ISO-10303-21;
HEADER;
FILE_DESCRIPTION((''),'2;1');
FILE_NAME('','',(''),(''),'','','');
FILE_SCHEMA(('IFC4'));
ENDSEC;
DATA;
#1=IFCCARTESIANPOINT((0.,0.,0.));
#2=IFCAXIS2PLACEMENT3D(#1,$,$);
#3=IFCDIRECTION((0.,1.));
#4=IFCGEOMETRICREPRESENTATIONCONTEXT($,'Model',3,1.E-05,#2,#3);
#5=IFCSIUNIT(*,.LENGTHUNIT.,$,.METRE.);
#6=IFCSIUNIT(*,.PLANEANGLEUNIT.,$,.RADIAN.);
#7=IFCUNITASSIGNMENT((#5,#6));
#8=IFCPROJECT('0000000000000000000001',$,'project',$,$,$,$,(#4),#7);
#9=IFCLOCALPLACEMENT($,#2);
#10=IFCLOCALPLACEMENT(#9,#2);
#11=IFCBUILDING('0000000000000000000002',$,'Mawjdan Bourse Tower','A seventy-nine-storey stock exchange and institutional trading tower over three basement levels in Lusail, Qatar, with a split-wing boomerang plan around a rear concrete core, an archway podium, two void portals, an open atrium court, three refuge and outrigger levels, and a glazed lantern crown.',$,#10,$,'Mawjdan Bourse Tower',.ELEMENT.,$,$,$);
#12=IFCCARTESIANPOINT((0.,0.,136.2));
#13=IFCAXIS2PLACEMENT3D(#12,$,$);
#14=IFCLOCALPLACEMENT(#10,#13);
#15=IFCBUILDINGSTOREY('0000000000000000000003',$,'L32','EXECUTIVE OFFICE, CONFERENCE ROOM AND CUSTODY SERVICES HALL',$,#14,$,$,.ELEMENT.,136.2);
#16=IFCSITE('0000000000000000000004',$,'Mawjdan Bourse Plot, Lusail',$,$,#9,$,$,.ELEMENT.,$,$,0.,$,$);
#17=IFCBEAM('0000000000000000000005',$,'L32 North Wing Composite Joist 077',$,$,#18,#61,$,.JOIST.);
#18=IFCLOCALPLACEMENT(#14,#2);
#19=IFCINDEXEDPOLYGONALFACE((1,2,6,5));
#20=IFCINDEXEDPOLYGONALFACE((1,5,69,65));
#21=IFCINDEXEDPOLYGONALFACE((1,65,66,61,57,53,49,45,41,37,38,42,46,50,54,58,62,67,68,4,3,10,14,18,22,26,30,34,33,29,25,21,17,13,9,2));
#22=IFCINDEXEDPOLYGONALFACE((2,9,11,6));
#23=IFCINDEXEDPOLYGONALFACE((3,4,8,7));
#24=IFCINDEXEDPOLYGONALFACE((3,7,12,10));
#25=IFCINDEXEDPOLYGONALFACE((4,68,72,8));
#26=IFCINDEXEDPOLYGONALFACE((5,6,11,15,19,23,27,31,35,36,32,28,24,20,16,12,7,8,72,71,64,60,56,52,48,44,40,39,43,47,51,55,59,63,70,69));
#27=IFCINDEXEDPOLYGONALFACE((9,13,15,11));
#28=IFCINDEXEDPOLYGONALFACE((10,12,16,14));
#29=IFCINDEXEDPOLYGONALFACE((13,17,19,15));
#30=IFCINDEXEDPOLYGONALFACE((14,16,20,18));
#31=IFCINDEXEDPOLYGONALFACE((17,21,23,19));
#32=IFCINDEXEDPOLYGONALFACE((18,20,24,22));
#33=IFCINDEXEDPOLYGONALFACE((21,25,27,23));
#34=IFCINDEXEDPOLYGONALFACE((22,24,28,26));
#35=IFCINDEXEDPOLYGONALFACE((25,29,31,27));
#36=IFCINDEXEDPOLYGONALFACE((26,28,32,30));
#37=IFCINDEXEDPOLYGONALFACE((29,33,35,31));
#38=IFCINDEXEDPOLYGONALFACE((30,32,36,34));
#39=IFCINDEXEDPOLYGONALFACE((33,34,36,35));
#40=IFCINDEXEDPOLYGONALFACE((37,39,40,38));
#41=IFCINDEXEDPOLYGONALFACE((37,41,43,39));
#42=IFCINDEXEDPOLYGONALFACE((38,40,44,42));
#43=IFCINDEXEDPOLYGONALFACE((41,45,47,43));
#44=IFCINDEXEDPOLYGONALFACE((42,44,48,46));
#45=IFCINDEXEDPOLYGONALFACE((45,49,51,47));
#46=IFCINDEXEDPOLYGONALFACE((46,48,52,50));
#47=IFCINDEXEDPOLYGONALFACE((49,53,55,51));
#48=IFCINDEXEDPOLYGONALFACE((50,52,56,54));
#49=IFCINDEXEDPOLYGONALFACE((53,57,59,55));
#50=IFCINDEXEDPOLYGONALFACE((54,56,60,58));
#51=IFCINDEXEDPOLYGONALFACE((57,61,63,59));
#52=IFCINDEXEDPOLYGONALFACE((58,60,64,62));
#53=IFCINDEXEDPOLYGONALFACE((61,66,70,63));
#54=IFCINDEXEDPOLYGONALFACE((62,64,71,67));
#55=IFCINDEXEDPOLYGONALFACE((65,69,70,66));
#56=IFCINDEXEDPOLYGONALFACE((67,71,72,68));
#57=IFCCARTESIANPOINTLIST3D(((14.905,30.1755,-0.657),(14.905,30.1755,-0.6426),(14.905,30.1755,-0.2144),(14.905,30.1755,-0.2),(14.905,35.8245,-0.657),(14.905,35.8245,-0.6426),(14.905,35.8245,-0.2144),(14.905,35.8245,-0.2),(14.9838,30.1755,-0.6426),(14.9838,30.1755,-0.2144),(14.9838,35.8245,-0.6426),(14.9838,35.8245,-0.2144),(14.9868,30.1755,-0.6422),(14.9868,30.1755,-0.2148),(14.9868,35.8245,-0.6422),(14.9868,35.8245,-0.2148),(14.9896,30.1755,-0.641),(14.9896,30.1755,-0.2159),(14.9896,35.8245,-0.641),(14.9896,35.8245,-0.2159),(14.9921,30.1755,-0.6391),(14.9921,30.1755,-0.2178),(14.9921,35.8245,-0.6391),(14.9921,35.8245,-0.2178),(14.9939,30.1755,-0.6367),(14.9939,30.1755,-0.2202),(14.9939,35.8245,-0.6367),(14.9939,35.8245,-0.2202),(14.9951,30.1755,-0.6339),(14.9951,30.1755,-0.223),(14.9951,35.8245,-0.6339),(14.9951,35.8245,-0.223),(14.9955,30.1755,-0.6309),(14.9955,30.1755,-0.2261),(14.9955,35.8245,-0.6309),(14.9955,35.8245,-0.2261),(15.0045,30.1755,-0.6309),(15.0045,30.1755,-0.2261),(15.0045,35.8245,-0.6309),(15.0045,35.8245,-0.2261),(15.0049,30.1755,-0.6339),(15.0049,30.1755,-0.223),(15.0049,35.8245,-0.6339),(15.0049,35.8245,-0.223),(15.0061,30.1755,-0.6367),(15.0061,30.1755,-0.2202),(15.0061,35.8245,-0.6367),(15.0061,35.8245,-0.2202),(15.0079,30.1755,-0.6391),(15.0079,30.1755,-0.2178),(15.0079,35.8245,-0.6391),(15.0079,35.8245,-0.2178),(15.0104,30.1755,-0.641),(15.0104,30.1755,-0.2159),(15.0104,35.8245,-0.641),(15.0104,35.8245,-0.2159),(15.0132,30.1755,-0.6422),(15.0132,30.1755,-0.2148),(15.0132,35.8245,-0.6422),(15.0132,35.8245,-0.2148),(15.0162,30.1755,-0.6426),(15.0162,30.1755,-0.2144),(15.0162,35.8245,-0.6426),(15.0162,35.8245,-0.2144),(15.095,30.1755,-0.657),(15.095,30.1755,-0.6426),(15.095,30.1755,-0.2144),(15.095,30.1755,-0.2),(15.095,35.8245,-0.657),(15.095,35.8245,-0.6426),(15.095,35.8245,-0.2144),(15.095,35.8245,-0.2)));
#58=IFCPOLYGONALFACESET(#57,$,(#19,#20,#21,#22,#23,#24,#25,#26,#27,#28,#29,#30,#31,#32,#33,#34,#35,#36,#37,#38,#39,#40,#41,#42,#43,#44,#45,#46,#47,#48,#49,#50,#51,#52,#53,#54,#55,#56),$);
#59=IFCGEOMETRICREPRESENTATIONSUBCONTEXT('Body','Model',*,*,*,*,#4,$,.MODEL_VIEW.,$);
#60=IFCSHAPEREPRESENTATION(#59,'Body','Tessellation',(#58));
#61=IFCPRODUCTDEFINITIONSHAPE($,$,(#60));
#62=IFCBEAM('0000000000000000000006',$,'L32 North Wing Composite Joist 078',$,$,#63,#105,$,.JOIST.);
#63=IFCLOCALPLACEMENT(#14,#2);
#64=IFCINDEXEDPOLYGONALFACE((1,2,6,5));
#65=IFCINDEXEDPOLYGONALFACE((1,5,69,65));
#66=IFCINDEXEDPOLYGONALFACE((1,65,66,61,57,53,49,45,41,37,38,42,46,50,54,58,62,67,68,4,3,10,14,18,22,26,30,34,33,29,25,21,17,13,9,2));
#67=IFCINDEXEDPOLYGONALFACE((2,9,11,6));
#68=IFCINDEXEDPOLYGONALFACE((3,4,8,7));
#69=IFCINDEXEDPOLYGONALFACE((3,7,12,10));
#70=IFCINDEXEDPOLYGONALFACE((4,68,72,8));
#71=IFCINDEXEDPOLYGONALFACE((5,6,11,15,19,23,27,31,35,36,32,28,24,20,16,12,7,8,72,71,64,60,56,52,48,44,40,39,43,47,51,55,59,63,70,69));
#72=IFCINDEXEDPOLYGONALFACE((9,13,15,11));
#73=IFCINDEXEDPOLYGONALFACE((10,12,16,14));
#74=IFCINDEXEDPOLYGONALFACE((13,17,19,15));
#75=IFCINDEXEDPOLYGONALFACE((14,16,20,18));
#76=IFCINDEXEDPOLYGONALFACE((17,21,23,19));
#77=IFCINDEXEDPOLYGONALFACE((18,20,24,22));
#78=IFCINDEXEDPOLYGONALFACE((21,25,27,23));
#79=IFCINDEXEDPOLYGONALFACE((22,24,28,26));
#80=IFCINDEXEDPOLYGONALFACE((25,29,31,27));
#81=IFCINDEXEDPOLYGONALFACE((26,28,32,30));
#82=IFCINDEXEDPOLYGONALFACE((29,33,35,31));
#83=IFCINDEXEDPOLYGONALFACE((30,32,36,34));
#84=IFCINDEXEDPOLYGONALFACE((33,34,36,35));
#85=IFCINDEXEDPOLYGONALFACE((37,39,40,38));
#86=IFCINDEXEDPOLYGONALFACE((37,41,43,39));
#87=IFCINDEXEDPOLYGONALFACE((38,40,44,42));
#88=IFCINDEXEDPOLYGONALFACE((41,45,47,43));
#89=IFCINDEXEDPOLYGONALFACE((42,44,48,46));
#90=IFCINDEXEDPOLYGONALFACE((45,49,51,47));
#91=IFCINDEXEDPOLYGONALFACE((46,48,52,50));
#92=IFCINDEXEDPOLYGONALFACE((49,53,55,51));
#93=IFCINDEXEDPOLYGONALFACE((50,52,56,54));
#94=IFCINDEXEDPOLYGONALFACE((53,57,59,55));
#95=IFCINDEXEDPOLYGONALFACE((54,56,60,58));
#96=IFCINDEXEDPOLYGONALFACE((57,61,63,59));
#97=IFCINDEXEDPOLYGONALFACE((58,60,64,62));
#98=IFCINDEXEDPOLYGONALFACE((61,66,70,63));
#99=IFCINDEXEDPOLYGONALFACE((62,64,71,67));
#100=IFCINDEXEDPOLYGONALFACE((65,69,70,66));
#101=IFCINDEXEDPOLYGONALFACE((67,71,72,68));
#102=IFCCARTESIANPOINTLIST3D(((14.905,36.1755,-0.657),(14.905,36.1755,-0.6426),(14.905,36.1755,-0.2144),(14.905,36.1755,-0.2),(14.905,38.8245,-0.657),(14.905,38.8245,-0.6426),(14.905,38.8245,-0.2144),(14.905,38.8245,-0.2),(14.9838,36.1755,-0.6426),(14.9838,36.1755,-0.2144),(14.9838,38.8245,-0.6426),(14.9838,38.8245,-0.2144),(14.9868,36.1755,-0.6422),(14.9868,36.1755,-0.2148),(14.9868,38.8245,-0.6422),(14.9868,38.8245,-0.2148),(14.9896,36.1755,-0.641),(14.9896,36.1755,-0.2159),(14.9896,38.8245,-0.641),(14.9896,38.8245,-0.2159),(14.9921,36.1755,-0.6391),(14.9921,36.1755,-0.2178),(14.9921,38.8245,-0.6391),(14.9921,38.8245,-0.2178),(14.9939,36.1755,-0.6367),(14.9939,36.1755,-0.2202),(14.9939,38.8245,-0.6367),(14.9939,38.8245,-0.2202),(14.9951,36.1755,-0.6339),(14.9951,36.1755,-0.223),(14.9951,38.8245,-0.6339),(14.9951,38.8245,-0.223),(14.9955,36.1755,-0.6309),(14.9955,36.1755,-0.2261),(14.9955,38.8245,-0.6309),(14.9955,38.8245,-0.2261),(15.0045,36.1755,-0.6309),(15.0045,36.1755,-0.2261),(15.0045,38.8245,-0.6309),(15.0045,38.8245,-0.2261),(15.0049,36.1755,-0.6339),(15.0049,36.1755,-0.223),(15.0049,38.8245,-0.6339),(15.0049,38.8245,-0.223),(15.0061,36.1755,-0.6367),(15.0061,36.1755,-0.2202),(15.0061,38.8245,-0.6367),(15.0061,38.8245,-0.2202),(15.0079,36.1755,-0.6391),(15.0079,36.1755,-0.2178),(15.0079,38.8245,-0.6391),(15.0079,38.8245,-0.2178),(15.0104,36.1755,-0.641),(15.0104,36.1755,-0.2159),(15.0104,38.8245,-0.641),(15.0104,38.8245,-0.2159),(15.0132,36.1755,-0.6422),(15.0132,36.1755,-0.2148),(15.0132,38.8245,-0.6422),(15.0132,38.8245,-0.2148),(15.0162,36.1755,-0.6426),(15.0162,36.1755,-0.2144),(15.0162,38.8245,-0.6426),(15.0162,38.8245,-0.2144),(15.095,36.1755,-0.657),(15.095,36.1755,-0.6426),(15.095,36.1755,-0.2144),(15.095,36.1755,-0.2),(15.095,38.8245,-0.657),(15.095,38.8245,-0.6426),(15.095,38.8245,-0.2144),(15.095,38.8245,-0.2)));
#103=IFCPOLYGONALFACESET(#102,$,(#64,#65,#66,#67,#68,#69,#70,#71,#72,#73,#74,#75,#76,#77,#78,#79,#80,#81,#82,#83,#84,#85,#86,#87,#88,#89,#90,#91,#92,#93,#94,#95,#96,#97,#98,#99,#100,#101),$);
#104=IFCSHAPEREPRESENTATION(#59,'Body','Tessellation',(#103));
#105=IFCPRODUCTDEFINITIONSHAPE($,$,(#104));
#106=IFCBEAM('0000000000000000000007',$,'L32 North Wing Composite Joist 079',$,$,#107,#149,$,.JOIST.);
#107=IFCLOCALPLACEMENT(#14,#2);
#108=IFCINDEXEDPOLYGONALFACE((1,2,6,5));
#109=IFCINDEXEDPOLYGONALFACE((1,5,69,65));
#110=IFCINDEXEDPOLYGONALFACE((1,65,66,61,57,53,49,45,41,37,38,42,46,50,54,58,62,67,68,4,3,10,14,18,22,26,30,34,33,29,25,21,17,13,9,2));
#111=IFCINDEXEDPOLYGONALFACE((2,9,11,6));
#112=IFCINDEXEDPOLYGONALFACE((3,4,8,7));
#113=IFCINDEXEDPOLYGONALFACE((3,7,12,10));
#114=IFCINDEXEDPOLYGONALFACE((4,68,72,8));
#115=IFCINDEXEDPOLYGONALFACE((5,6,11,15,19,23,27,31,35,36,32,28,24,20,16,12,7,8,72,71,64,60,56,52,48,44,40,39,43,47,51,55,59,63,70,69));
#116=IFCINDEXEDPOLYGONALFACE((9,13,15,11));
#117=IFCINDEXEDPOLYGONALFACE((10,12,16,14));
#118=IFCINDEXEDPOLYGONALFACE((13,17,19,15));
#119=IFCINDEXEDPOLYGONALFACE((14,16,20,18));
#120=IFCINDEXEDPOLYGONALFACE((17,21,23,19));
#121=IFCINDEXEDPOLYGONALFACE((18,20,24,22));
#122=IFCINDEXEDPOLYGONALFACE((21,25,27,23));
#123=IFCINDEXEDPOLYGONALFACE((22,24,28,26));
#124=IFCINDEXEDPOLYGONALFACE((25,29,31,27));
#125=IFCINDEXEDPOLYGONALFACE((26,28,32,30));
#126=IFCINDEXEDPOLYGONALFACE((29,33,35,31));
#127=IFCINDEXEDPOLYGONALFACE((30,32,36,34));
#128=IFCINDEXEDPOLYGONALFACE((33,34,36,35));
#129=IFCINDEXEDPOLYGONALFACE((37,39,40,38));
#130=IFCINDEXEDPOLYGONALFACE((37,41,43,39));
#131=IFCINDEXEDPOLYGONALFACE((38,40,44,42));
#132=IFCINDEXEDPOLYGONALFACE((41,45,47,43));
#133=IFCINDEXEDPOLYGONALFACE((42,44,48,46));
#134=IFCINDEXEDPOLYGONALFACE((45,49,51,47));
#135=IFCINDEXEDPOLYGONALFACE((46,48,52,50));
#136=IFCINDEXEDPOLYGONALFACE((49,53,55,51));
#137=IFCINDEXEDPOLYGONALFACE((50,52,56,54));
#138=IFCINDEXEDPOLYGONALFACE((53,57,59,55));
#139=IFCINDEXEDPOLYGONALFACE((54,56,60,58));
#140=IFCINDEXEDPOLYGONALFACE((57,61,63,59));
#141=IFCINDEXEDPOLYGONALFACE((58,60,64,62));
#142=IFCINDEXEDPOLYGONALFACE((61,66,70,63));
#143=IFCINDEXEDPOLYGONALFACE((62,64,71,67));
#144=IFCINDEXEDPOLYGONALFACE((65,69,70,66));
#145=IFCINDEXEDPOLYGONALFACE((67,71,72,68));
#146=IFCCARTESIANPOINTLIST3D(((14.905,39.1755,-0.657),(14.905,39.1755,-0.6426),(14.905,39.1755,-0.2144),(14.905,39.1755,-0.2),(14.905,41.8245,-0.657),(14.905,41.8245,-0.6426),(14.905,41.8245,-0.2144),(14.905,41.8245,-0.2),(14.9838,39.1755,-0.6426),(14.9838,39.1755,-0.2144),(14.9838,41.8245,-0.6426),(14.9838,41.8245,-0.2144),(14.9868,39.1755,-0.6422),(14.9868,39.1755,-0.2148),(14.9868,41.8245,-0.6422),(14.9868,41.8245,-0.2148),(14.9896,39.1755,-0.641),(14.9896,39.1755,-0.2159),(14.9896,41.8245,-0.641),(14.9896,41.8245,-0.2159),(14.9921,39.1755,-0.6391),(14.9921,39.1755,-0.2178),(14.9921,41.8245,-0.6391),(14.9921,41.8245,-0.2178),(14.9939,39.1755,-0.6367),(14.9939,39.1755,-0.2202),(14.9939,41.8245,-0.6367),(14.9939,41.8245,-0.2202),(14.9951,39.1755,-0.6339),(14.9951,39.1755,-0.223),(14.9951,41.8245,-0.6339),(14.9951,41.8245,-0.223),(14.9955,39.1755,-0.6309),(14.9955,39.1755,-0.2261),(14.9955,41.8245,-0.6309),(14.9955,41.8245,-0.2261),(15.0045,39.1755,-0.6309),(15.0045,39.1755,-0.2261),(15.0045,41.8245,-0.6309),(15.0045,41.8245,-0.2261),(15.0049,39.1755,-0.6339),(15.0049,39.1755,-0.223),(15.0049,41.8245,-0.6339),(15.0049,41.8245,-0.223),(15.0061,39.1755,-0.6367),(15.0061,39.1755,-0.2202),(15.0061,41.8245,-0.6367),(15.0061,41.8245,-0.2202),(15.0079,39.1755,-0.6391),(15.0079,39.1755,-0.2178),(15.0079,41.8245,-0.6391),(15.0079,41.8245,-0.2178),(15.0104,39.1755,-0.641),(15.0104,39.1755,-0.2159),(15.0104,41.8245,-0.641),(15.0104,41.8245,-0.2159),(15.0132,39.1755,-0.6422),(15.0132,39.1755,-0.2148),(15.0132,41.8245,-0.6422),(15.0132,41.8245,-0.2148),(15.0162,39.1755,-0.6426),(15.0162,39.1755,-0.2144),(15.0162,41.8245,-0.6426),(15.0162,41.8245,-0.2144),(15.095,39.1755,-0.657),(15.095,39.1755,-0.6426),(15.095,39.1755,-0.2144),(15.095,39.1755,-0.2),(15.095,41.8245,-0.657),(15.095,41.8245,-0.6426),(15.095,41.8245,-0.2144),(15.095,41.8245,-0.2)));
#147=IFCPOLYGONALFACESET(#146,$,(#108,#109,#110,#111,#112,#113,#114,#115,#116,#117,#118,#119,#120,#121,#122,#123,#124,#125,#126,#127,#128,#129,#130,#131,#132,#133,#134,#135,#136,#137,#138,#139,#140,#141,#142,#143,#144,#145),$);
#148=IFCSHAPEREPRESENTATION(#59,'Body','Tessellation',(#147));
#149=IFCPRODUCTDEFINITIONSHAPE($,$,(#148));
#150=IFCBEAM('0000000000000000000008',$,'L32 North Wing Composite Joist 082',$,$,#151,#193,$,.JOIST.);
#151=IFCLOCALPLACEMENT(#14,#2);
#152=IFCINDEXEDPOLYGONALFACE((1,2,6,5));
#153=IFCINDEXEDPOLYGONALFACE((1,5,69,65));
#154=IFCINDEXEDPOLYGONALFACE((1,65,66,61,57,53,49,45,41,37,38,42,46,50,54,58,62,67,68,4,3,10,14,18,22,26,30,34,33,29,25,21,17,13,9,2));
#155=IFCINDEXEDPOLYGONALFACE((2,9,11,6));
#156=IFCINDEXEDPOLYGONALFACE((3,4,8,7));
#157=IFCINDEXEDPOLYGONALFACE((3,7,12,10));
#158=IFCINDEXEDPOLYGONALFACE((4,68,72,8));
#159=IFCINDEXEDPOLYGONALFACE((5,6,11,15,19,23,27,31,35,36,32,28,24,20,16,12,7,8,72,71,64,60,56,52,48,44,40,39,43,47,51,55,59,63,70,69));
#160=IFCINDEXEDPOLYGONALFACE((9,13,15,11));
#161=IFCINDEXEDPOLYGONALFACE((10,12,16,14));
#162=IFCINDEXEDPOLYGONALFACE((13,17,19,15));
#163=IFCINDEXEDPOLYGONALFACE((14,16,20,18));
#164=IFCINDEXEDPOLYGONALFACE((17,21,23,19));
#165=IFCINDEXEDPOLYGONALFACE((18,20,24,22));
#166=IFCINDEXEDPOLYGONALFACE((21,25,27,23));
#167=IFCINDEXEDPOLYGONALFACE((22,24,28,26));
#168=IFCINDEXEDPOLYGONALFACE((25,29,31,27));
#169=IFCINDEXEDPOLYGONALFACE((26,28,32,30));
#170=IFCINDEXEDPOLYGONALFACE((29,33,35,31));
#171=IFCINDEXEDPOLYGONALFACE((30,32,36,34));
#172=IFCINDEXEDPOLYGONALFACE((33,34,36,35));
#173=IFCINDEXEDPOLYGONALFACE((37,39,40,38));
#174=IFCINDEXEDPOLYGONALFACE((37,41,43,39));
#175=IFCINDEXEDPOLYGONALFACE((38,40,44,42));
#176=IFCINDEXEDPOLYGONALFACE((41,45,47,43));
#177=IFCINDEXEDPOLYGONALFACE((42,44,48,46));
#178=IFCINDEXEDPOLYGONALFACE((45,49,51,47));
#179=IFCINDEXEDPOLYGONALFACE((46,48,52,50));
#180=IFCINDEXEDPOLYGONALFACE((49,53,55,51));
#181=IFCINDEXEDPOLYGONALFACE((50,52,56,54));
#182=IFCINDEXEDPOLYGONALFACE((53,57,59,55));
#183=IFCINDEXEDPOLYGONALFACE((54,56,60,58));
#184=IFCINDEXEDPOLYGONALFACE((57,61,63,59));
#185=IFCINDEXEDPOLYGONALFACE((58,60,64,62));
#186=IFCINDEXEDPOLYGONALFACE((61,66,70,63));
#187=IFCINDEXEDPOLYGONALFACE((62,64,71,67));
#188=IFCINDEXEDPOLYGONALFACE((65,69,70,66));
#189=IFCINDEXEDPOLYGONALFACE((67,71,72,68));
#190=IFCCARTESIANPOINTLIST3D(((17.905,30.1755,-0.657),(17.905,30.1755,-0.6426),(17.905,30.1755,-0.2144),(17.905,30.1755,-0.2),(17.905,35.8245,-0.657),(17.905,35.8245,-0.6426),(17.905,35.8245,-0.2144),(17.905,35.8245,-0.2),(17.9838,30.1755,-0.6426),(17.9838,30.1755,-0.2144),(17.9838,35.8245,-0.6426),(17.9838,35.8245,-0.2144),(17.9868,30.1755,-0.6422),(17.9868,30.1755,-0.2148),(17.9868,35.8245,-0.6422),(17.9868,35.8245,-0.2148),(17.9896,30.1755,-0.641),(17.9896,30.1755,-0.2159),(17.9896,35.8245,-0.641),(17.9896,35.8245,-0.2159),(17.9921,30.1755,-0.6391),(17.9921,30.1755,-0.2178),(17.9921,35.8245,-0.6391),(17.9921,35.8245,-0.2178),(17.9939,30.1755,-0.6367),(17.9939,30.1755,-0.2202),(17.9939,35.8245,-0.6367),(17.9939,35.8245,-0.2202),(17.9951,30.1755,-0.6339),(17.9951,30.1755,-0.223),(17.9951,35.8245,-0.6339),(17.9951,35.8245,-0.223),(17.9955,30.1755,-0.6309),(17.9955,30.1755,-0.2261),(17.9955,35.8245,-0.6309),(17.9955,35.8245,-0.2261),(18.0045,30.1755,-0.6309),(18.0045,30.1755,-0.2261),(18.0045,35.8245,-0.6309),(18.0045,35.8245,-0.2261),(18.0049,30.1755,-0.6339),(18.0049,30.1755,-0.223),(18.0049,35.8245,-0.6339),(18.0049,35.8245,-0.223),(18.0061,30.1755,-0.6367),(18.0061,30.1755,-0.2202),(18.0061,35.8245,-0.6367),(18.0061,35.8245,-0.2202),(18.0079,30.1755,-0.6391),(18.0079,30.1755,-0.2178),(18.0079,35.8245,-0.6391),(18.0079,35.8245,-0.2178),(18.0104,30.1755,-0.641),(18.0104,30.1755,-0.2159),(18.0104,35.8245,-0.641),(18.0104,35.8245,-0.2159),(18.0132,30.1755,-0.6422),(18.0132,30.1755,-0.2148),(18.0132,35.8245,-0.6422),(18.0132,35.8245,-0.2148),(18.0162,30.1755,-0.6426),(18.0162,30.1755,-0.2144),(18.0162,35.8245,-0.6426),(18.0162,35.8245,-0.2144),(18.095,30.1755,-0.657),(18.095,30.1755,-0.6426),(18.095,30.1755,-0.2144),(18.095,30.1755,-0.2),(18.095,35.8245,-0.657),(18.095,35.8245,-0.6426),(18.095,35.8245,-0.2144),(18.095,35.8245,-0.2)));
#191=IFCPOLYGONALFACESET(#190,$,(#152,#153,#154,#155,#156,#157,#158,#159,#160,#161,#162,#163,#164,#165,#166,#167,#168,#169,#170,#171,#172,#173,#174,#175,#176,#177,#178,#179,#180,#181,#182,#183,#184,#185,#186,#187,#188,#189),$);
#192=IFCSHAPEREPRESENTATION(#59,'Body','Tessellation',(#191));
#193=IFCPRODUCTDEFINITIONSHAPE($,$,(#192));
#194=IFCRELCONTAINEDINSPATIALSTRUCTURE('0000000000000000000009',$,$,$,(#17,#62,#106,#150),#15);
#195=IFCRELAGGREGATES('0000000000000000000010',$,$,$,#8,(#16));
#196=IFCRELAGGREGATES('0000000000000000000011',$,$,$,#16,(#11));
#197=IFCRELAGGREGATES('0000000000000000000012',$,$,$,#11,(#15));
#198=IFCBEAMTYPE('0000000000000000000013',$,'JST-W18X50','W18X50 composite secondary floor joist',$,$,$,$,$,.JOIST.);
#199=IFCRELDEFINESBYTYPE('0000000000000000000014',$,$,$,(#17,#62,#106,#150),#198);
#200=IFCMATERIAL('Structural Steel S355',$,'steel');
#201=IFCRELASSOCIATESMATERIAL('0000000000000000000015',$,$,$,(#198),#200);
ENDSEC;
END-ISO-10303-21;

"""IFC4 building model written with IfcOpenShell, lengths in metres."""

from ifc_helpers import new_model, si_unit, direction, frame, origin, origin_2d, place, context, subcontext, project, spatial, i_section, extrude, material, material_profile, profile_set, type_object, element, save


model = new_model("IFC4")

# Units and contexts
model_context = context("Model", 3, precision=1e-05, world=origin(), true_north=direction((0.0, 1.0)))
body_context = subcontext(model_context, "Body", "Model", "MODEL_VIEW")
ifc_project = project(units=[si_unit("LENGTHUNIT", "METRE"), si_unit("PLANEANGLEUNIT", "RADIAN")], contexts=[model_context])

# Site, building, storey
site_placement = place(None, origin())
site = spatial("IfcSite", under=ifc_project, at=site_placement, Name="Mawjdan Bourse Plot, Lusail", CompositionType="ELEMENT", RefElevation=0.0)
building_placement = place(site_placement, origin())
building = spatial("IfcBuilding", under=site, at=building_placement, Name="Mawjdan Bourse Tower", Description="A seventy-nine-storey stock exchange and institutional trading tower over three basement levels in Lusail, Qatar, with a split-wing boomerang plan around a rear concrete core, an archway podium, two void portals, an open atrium court, three refuge and outrigger levels, and a glazed lantern crown.", LongName="Mawjdan Bourse Tower", CompositionType="ELEMENT")
storey_placement = place(building_placement, frame((0.0, 0.0, 136.2)))
storey = spatial("IfcBuildingStorey", under=building, at=storey_placement, Name="L32", Description="EXECUTIVE OFFICE, CONFERENCE ROOM AND CUSTODY SERVICES HALL", CompositionType="ELEMENT", Elevation=136.2)

# Beams
ifc_material_1 = material(Name="Structural Steel S355", Category="steel")
ifc_material_profile_1 = material_profile(ifc_material_1, i_section(OverallWidth=0.1899, OverallDepth=0.457, WebThickness=0.009, FlangeThickness=0.0144, FilletRadius=0.0117, at=origin_2d()), Name="W18X50")
ifc_profile_set_1 = profile_set([ifc_material_profile_1], Name="Structural Steel S355")
beam_type_1 = type_object("IfcBeamType", Name="JST-W18X50", Description="W18X50 composite secondary floor joist", PredefinedType="JOIST", material=ifc_profile_set_1)
beam_1_placement = place(storey_placement, frame((15.0, 30.1755, -0.4285), z_axis=(0.0, 1.0, 0.0), x_axis=(-1.0, 0.0, 0.0)))
element("IfcBeam", 1, at=beam_1_placement, inside=storey, type_object=beam_type_1, Name="L32 North Wing Composite Joist 077", PredefinedType="JOIST", context=body_context, shape_type="SweptSolid", body=[
    extrude(i_section(OverallWidth=0.1899, OverallDepth=0.457, WebThickness=0.009, FlangeThickness=0.0144, FilletRadius=0.0117, at=origin_2d()), origin(), (0.0, 0.0, 1.0), 5.6489),
])
for number, where, z_axis, x_axis, name in (
    (2, (15.0, 36.1755, -0.4285), (0.0, 1.0, 0.0), (-1.0, 0.0, 0.0), "L32 North Wing Composite Joist 078"),
    (3, (15.0, 39.1755, -0.4285), (0.0, 1.0, 0.0), (-1.0, 0.0, 0.0), "L32 North Wing Composite Joist 079"),
):
    element("IfcBeam", number, at=place(storey_placement, frame(where, z_axis=z_axis, x_axis=x_axis)), inside=storey, type_object=beam_type_1, Name=name, PredefinedType="JOIST", context=body_context, shape_type="SweptSolid", body=[
        extrude(i_section(OverallWidth=0.1899, OverallDepth=0.457, WebThickness=0.009, FlangeThickness=0.0144, FilletRadius=0.0117, at=origin_2d()), origin(), (0.0, 0.0, 1.0), 2.6489),
    ])
beam_2_placement = place(storey_placement, frame((18.0, 30.1755, -0.4285), z_axis=(0.0, 1.0, 0.0), x_axis=(-1.0, 0.0, 0.0)))
element("IfcBeam", 4, at=beam_2_placement, inside=storey, type_object=beam_type_1, Name="L32 North Wing Composite Joist 082", PredefinedType="JOIST", context=body_context, shape_type="SweptSolid", body=[
    extrude(i_section(OverallWidth=0.1899, OverallDepth=0.457, WebThickness=0.009, FlangeThickness=0.0144, FilletRadius=0.0117, at=origin_2d()), origin(), (0.0, 0.0, 1.0), 5.6489),
])

save(model, "model.ifc")
